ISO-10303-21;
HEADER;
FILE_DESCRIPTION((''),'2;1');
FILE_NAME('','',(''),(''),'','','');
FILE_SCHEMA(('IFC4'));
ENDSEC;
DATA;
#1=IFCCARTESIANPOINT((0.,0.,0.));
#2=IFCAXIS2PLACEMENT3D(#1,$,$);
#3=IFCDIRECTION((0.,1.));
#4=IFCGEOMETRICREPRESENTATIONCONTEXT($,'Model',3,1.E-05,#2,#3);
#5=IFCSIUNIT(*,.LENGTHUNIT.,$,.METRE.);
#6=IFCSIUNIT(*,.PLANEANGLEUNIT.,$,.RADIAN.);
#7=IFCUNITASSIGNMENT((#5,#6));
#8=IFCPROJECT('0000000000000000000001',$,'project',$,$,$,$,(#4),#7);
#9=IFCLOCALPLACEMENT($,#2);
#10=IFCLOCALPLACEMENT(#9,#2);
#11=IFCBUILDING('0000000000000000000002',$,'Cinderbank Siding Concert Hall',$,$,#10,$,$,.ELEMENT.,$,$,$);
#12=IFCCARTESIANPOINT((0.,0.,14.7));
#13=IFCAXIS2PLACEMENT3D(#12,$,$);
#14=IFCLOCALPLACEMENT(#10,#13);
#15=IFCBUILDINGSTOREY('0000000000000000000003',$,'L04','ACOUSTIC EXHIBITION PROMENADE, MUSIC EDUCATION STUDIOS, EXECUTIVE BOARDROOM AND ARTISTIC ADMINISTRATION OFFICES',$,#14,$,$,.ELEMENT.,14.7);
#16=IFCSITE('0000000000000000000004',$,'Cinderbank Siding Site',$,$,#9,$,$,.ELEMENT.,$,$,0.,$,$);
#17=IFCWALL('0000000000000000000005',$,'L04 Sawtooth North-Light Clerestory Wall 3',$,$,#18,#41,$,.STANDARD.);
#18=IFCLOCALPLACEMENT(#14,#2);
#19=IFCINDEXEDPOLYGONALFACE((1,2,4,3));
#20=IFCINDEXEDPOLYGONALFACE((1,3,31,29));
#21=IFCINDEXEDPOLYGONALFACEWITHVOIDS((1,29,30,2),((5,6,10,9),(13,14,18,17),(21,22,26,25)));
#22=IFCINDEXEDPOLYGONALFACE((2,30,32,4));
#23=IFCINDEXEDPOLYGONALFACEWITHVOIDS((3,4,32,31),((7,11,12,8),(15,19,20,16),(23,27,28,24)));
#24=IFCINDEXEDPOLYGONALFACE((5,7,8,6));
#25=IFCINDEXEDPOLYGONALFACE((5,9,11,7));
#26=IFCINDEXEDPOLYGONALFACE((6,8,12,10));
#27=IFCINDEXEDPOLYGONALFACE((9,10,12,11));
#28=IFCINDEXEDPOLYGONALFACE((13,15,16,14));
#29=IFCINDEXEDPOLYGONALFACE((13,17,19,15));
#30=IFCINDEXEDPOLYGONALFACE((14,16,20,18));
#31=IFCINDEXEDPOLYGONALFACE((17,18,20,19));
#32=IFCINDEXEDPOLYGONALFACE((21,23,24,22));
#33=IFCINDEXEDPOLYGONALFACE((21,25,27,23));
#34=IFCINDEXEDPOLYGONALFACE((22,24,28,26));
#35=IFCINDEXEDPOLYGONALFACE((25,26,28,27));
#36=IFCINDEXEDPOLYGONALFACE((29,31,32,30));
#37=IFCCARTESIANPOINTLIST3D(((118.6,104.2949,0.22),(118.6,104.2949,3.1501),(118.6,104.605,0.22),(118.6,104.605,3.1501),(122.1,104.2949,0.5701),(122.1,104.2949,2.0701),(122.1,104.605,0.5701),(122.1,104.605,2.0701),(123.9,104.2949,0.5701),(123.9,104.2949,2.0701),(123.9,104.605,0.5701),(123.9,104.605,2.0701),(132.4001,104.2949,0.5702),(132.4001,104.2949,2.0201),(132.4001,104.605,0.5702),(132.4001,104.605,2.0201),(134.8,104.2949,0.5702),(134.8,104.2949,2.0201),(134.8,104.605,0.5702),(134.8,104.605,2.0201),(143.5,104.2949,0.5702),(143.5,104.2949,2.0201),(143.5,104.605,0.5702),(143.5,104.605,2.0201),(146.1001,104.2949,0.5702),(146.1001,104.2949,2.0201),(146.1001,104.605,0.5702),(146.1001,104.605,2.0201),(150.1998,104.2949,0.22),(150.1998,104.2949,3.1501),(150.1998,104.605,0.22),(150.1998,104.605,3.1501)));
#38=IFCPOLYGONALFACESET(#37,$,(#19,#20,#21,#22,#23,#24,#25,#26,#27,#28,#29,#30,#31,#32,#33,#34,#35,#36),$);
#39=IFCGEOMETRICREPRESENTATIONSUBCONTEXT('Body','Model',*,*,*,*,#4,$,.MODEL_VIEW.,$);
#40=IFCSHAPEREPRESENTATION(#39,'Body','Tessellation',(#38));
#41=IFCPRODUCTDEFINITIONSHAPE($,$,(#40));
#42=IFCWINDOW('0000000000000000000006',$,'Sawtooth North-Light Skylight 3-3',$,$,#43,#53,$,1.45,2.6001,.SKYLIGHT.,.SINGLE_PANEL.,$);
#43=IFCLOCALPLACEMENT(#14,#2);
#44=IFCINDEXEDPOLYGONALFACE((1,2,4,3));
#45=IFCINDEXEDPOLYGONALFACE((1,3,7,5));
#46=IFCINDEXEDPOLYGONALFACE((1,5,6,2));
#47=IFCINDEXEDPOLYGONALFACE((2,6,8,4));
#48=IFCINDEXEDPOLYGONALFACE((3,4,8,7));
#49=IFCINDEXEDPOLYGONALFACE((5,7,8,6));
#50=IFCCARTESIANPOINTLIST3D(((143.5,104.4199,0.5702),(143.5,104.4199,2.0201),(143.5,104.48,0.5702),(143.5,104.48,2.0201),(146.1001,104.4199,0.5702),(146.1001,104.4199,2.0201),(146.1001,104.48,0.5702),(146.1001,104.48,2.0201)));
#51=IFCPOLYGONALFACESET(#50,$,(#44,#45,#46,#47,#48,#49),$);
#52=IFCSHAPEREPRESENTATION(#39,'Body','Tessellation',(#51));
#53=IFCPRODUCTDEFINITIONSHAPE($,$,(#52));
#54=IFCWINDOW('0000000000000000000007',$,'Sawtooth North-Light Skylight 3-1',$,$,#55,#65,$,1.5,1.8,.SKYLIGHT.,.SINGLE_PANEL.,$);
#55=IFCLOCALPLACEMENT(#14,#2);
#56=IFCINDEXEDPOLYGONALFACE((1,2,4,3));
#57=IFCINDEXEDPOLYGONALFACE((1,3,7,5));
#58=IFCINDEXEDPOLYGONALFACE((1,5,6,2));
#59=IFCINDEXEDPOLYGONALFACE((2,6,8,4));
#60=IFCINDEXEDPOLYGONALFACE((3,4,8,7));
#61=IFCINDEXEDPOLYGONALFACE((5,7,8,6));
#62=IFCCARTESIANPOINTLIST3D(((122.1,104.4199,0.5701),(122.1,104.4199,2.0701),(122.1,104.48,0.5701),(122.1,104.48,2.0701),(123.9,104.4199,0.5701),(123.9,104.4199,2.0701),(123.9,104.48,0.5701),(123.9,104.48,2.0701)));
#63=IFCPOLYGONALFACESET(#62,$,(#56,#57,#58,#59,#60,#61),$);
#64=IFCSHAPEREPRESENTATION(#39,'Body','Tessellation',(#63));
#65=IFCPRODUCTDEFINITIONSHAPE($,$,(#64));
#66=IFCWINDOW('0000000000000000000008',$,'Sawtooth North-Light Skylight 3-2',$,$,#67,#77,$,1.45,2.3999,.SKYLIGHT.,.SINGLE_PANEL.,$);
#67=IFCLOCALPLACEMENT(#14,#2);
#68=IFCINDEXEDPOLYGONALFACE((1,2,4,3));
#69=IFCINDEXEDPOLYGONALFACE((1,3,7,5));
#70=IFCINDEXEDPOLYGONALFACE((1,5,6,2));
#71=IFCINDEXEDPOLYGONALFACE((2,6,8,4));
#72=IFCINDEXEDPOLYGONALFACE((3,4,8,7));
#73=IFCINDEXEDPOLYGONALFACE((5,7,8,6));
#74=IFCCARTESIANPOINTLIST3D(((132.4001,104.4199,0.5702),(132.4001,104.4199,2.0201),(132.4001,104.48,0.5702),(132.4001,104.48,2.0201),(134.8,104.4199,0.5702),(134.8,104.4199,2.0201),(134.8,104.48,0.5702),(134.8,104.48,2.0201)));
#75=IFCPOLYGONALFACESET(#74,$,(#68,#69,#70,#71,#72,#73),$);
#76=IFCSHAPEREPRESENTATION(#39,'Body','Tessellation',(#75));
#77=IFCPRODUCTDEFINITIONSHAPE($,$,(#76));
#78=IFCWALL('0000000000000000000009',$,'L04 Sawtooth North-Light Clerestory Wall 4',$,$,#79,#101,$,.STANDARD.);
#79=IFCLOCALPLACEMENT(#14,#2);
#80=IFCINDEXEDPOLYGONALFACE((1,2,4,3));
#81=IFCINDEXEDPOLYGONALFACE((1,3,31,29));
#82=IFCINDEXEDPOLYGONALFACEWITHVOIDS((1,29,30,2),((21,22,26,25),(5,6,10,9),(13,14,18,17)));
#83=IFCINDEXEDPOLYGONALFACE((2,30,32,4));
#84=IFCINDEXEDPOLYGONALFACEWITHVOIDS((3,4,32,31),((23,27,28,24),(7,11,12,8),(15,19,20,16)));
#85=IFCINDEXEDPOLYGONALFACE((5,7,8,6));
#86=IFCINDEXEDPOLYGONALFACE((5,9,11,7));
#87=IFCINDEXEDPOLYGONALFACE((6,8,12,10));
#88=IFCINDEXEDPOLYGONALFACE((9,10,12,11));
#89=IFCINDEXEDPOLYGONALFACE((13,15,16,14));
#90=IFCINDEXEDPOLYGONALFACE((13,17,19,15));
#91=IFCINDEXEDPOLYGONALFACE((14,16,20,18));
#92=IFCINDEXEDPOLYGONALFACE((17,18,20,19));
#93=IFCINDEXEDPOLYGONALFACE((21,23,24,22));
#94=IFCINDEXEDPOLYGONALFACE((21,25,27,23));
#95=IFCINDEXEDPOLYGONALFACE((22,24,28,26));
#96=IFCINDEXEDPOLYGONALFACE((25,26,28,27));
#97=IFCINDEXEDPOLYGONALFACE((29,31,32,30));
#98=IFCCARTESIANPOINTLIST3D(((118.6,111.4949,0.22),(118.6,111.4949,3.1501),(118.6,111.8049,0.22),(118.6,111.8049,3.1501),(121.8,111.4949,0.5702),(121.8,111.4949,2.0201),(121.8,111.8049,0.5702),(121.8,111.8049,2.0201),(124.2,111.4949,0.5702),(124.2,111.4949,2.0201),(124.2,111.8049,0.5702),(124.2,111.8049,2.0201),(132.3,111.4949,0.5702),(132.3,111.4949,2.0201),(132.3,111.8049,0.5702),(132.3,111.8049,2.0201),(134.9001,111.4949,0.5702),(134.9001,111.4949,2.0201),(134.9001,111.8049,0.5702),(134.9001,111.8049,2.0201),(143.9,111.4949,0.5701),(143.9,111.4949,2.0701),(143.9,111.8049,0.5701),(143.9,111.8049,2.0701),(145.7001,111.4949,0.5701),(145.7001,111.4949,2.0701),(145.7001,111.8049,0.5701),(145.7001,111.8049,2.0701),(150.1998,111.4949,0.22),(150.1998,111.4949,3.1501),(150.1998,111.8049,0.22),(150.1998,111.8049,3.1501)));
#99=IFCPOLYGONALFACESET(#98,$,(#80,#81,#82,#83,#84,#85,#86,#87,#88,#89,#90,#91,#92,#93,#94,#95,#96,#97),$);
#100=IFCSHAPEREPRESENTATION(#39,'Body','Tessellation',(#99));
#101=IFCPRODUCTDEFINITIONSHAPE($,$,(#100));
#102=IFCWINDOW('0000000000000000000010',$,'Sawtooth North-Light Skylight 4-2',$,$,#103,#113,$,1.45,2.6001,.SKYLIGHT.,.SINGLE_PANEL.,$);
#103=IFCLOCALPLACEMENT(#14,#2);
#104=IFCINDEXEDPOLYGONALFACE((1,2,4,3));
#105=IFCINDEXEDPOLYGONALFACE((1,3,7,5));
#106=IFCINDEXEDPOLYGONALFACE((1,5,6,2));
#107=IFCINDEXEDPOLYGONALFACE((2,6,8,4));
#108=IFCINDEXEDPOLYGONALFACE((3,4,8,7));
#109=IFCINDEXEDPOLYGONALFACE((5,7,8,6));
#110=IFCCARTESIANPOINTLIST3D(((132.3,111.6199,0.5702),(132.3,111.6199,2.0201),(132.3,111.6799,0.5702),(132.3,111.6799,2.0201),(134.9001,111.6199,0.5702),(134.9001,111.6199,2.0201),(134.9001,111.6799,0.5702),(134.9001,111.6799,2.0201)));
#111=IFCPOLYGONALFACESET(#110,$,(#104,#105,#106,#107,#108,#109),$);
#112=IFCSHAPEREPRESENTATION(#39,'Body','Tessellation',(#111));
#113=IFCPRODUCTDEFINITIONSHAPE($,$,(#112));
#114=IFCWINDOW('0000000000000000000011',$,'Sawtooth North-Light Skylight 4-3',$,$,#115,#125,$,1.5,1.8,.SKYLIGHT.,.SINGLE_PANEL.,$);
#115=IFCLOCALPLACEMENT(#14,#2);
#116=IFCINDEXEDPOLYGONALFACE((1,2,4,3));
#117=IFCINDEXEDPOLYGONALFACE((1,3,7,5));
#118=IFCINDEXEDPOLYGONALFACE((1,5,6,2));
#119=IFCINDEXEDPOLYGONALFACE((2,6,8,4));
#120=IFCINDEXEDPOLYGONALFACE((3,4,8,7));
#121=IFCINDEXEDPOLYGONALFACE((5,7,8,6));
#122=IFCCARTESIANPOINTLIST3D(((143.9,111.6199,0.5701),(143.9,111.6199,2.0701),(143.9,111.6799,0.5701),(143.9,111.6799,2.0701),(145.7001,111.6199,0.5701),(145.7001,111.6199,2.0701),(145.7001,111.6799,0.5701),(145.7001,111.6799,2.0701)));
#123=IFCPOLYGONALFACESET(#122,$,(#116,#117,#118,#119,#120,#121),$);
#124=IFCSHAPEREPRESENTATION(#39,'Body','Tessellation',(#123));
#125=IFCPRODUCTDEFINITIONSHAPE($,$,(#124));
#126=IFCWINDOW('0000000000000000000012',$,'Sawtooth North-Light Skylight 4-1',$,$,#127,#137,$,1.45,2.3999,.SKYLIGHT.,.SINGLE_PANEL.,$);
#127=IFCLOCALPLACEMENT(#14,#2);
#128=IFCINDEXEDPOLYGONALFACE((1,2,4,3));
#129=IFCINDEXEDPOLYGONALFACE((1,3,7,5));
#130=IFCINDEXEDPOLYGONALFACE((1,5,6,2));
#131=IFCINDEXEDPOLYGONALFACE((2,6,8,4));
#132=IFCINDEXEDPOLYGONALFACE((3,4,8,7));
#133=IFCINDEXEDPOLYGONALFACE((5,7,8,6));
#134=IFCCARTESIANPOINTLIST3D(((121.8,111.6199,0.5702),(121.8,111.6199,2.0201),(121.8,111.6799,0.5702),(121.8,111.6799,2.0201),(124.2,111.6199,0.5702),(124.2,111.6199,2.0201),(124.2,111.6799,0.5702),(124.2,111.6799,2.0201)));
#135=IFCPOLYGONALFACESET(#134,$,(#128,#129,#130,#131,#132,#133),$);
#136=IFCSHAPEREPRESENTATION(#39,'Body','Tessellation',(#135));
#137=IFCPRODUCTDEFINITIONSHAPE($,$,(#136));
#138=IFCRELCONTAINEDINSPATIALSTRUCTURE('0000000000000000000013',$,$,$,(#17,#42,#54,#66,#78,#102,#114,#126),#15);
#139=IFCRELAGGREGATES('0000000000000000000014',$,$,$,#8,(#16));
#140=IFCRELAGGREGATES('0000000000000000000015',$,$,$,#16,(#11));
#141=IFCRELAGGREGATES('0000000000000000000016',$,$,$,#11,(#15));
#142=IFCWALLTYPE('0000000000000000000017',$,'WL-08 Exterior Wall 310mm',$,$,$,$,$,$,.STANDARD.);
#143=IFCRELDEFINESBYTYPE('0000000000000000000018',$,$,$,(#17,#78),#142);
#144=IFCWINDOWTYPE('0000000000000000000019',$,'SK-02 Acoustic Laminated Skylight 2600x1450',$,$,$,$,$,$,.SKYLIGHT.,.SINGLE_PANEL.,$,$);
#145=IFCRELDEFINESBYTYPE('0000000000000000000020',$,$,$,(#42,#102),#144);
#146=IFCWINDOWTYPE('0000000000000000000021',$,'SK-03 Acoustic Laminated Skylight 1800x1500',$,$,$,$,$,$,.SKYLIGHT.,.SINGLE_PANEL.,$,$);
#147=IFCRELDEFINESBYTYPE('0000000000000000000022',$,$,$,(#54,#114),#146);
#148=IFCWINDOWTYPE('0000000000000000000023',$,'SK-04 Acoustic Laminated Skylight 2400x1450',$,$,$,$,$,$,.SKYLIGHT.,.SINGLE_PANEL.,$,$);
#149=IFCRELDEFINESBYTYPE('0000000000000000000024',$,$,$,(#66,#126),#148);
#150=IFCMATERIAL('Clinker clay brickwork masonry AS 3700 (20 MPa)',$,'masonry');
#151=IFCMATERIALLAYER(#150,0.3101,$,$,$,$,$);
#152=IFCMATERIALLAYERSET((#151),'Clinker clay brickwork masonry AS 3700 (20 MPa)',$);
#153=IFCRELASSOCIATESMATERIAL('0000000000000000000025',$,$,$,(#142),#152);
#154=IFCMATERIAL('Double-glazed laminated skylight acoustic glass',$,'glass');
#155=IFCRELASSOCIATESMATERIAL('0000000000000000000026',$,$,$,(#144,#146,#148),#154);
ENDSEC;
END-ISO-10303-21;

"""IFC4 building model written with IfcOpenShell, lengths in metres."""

from ifc_helpers import new_model, si_unit, direction, frame, frame_2d, origin, place, context, subcontext, project, spatial, rectangle, extrude, material, layer, layer_set, type_object, element, fill, save


model = new_model("IFC4")

# Units and contexts
model_context = context("Model", 3, precision=1e-05, world=origin(), true_north=direction((0.0, 1.0)))
body_context = subcontext(model_context, "Body", "Model", "MODEL_VIEW")
ifc_project = project(units=[si_unit("LENGTHUNIT", "METRE"), si_unit("PLANEANGLEUNIT", "RADIAN")], contexts=[model_context])

# Site, building, storey
site_placement = place(None, origin())
site = spatial("IfcSite", under=ifc_project, at=site_placement, Name="Cinderbank Siding Site", CompositionType="ELEMENT", RefElevation=0.0)
building_placement = place(site_placement, origin())
building = spatial("IfcBuilding", under=site, at=building_placement, Name="Cinderbank Siding Concert Hall", CompositionType="ELEMENT")
storey_placement = place(building_placement, frame((0.0, 0.0, 14.7)))
storey = spatial("IfcBuildingStorey", under=building, at=storey_placement, Name="L04", Description="ACOUSTIC EXHIBITION PROMENADE, MUSIC EDUCATION STUDIOS, EXECUTIVE BOARDROOM AND ARTISTIC ADMINISTRATION OFFICES", CompositionType="ELEMENT", Elevation=14.7)

# Walls, openings, windows
ifc_material_1 = material(Name="Clinker clay brickwork masonry AS 3700 (20 MPa)", Category="masonry")
ifc_layer_1 = layer(ifc_material_1, 0.3101)
ifc_layer_set_1 = layer_set([ifc_layer_1], Name="Clinker clay brickwork masonry AS 3700 (20 MPa)")
wall_type = type_object("IfcWallType", Name="WL-08 Exterior Wall 310mm", PredefinedType="STANDARD", material=ifc_layer_set_1)
ifc_material_2 = material(Name="Double-glazed laminated skylight acoustic glass", Category="glass")
window_type_1 = type_object("IfcWindowType", Name="SK-02 Acoustic Laminated Skylight 2600x1450", PartitioningType="SINGLE_PANEL", PredefinedType="SKYLIGHT", material=ifc_material_2)
window_type_2 = type_object("IfcWindowType", Name="SK-03 Acoustic Laminated Skylight 1800x1500", PartitioningType="SINGLE_PANEL", PredefinedType="SKYLIGHT", material=ifc_material_2)
window_type_3 = type_object("IfcWindowType", Name="SK-04 Acoustic Laminated Skylight 2400x1450", PartitioningType="SINGLE_PANEL", PredefinedType="SKYLIGHT", material=ifc_material_2)
wall_1_placement = place(storey_placement, frame((118.6001, 104.45, 0.22), z_axis=(0.0, 0.0, 1.0), x_axis=(1.0, 0.0, 0.0)))
wall_1 = element("IfcWall", 1, at=wall_1_placement, inside=storey, type_object=wall_type, Name="L04 Sawtooth North-Light Clerestory Wall 3", PredefinedType="STANDARD", context=body_context, shape_type="SweptSolid", body=[
    extrude(rectangle(XDim=31.5999, YDim=0.3101, at=frame_2d((15.7998, 0.0))), origin(), (0.0, 0.0, 1.0), 2.9302),
])
opening_1_placement = place(wall_1_placement, frame((3.5, 0.0, 0.3501)))
opening_1 = element("IfcOpeningElement", 2, at=opening_1_placement, cuts=wall_1, PredefinedType="OPENING", context=body_context, shape_type="SweptSolid", body=[
    extrude(rectangle(XDim=1.8, YDim=1.5, at=frame_2d((0.8999, 0.75))), frame((0.0, 0.167, 0.0), z_axis=(0.0, -1.0, 0.0), x_axis=(1.0, 0.0, 0.0)), (0.0, 0.0, 1.0), 0.334),
])
opening_2_placement = place(wall_1_placement, frame((13.8, 0.0, 0.3501)))
opening_2 = element("IfcOpeningElement", 3, at=opening_2_placement, cuts=wall_1, PredefinedType="OPENING", context=body_context, shape_type="SweptSolid", body=[
    extrude(rectangle(XDim=2.3999, YDim=1.45, at=frame_2d((1.2, 0.7251))), frame((0.0, 0.167, 0.0), z_axis=(0.0, -1.0, 0.0), x_axis=(1.0, 0.0, 0.0)), (0.0, 0.0, 1.0), 0.334),
])
opening_3_placement = place(wall_1_placement, frame((24.8999, 0.0, 0.3501)))
opening_3 = element("IfcOpeningElement", 4, at=opening_3_placement, cuts=wall_1, PredefinedType="OPENING", context=body_context, shape_type="SweptSolid", body=[
    extrude(rectangle(XDim=2.6001, YDim=1.45, at=frame_2d((1.3, 0.7251))), frame((0.0, 0.167, 0.0), z_axis=(0.0, -1.0, 0.0), x_axis=(1.0, 0.0, 0.0)), (0.0, 0.0, 1.0), 0.334),
])
window_1_placement = place(opening_3_placement, origin())
window_1 = element("IfcWindow", 5, at=window_1_placement, inside=storey, type_object=window_type_1, Name="Sawtooth North-Light Skylight 3-3", OverallHeight=1.45, OverallWidth=2.6001, PartitioningType="SINGLE_PANEL", PredefinedType="SKYLIGHT", context=body_context, shape_type="SweptSolid", body=[
    extrude(rectangle(XDim=2.6001, YDim=1.45, at=frame_2d((1.3, 0.7251))), frame((0.0, 0.03, 0.0), z_axis=(0.0, -1.0, 0.0), x_axis=(1.0, 0.0, 0.0)), (0.0, 0.0, 1.0), 0.0601),
])
fill(opening_3, window_1)
window_2_placement = place(opening_1_placement, origin())
window_2 = element("IfcWindow", 6, at=window_2_placement, inside=storey, type_object=window_type_2, Name="Sawtooth North-Light Skylight 3-1", OverallHeight=1.5, OverallWidth=1.8, PartitioningType="SINGLE_PANEL", PredefinedType="SKYLIGHT", context=body_context, shape_type="SweptSolid", body=[
    extrude(rectangle(XDim=1.8, YDim=1.5, at=frame_2d((0.8999, 0.75))), frame((0.0, 0.03, 0.0), z_axis=(0.0, -1.0, 0.0), x_axis=(1.0, 0.0, 0.0)), (0.0, 0.0, 1.0), 0.0601),
])
fill(opening_1, window_2)
window_3_placement = place(opening_2_placement, origin())
window_3 = element("IfcWindow", 7, at=window_3_placement, inside=storey, type_object=window_type_3, Name="Sawtooth North-Light Skylight 3-2", OverallHeight=1.45, OverallWidth=2.3999, PartitioningType="SINGLE_PANEL", PredefinedType="SKYLIGHT", context=body_context, shape_type="SweptSolid", body=[
    extrude(rectangle(XDim=2.3999, YDim=1.45, at=frame_2d((1.2, 0.7251))), frame((0.0, 0.03, 0.0), z_axis=(0.0, -1.0, 0.0), x_axis=(1.0, 0.0, 0.0)), (0.0, 0.0, 1.0), 0.0601),
])
fill(opening_2, window_3)
wall_2_placement = place(storey_placement, frame((118.6001, 111.6499, 0.22), z_axis=(0.0, 0.0, 1.0), x_axis=(1.0, 0.0, 0.0)))
wall_2 = element("IfcWall", 8, at=wall_2_placement, inside=storey, type_object=wall_type, Name="L04 Sawtooth North-Light Clerestory Wall 4", PredefinedType="STANDARD", context=body_context, shape_type="SweptSolid", body=[
    extrude(rectangle(XDim=31.5999, YDim=0.3101, at=frame_2d((15.7998, 0.0))), origin(), (0.0, 0.0, 1.0), 2.9302),
])
opening_4_placement = place(wall_2_placement, frame((3.2, 0.0, 0.3501)))
opening_4 = element("IfcOpeningElement", 9, at=opening_4_placement, cuts=wall_2, PredefinedType="OPENING", context=body_context, shape_type="SweptSolid", body=[
    extrude(rectangle(XDim=2.3999, YDim=1.45, at=frame_2d((1.2, 0.7251))), frame((0.0, 0.167, 0.0), z_axis=(0.0, -1.0, 0.0), x_axis=(1.0, 0.0, 0.0)), (0.0, 0.0, 1.0), 0.334),
])
opening_5_placement = place(wall_2_placement, frame((13.7, 0.0, 0.3501)))
opening_5 = element("IfcOpeningElement", 10, at=opening_5_placement, cuts=wall_2, PredefinedType="OPENING", context=body_context, shape_type="SweptSolid", body=[
    extrude(rectangle(XDim=2.6001, YDim=1.45, at=frame_2d((1.3, 0.7251))), frame((0.0, 0.167, 0.0), z_axis=(0.0, -1.0, 0.0), x_axis=(1.0, 0.0, 0.0)), (0.0, 0.0, 1.0), 0.334),
])
opening_6_placement = place(wall_2_placement, frame((25.3, 0.0, 0.3501)))
opening_6 = element("IfcOpeningElement", 11, at=opening_6_placement, cuts=wall_2, PredefinedType="OPENING", context=body_context, shape_type="SweptSolid", body=[
    extrude(rectangle(XDim=1.8, YDim=1.5, at=frame_2d((0.8999, 0.75))), frame((0.0, 0.167, 0.0), z_axis=(0.0, -1.0, 0.0), x_axis=(1.0, 0.0, 0.0)), (0.0, 0.0, 1.0), 0.334),
])
window_4_placement = place(opening_5_placement, origin())
window_4 = element("IfcWindow", 12, at=window_4_placement, inside=storey, type_object=window_type_1, Name="Sawtooth North-Light Skylight 4-2", OverallHeight=1.45, OverallWidth=2.6001, PartitioningType="SINGLE_PANEL", PredefinedType="SKYLIGHT", context=body_context, shape_type="SweptSolid", body=[
    extrude(rectangle(XDim=2.6001, YDim=1.45, at=frame_2d((1.3, 0.7251))), frame((0.0, 0.03, 0.0), z_axis=(0.0, -1.0, 0.0), x_axis=(1.0, 0.0, 0.0)), (0.0, 0.0, 1.0), 0.0601),
])
fill(opening_5, window_4)
window_5_placement = place(opening_6_placement, origin())
window_5 = element("IfcWindow", 13, at=window_5_placement, inside=storey, type_object=window_type_2, Name="Sawtooth North-Light Skylight 4-3", OverallHeight=1.5, OverallWidth=1.8, PartitioningType="SINGLE_PANEL", PredefinedType="SKYLIGHT", context=body_context, shape_type="SweptSolid", body=[
    extrude(rectangle(XDim=1.8, YDim=1.5, at=frame_2d((0.8999, 0.75))), frame((0.0, 0.03, 0.0), z_axis=(0.0, -1.0, 0.0), x_axis=(1.0, 0.0, 0.0)), (0.0, 0.0, 1.0), 0.0601),
])
fill(opening_6, window_5)
window_6_placement = place(opening_4_placement, origin())
window_6 = element("IfcWindow", 14, at=window_6_placement, inside=storey, type_object=window_type_3, Name="Sawtooth North-Light Skylight 4-1", OverallHeight=1.45, OverallWidth=2.3999, PartitioningType="SINGLE_PANEL", PredefinedType="SKYLIGHT", context=body_context, shape_type="SweptSolid", body=[
    extrude(rectangle(XDim=2.3999, YDim=1.45, at=frame_2d((1.2, 0.7251))), frame((0.0, 0.03, 0.0), z_axis=(0.0, -1.0, 0.0), x_axis=(1.0, 0.0, 0.0)), (0.0, 0.0, 1.0), 0.0601),
])
fill(opening_4, window_6)

save(model, "model.ifc")
